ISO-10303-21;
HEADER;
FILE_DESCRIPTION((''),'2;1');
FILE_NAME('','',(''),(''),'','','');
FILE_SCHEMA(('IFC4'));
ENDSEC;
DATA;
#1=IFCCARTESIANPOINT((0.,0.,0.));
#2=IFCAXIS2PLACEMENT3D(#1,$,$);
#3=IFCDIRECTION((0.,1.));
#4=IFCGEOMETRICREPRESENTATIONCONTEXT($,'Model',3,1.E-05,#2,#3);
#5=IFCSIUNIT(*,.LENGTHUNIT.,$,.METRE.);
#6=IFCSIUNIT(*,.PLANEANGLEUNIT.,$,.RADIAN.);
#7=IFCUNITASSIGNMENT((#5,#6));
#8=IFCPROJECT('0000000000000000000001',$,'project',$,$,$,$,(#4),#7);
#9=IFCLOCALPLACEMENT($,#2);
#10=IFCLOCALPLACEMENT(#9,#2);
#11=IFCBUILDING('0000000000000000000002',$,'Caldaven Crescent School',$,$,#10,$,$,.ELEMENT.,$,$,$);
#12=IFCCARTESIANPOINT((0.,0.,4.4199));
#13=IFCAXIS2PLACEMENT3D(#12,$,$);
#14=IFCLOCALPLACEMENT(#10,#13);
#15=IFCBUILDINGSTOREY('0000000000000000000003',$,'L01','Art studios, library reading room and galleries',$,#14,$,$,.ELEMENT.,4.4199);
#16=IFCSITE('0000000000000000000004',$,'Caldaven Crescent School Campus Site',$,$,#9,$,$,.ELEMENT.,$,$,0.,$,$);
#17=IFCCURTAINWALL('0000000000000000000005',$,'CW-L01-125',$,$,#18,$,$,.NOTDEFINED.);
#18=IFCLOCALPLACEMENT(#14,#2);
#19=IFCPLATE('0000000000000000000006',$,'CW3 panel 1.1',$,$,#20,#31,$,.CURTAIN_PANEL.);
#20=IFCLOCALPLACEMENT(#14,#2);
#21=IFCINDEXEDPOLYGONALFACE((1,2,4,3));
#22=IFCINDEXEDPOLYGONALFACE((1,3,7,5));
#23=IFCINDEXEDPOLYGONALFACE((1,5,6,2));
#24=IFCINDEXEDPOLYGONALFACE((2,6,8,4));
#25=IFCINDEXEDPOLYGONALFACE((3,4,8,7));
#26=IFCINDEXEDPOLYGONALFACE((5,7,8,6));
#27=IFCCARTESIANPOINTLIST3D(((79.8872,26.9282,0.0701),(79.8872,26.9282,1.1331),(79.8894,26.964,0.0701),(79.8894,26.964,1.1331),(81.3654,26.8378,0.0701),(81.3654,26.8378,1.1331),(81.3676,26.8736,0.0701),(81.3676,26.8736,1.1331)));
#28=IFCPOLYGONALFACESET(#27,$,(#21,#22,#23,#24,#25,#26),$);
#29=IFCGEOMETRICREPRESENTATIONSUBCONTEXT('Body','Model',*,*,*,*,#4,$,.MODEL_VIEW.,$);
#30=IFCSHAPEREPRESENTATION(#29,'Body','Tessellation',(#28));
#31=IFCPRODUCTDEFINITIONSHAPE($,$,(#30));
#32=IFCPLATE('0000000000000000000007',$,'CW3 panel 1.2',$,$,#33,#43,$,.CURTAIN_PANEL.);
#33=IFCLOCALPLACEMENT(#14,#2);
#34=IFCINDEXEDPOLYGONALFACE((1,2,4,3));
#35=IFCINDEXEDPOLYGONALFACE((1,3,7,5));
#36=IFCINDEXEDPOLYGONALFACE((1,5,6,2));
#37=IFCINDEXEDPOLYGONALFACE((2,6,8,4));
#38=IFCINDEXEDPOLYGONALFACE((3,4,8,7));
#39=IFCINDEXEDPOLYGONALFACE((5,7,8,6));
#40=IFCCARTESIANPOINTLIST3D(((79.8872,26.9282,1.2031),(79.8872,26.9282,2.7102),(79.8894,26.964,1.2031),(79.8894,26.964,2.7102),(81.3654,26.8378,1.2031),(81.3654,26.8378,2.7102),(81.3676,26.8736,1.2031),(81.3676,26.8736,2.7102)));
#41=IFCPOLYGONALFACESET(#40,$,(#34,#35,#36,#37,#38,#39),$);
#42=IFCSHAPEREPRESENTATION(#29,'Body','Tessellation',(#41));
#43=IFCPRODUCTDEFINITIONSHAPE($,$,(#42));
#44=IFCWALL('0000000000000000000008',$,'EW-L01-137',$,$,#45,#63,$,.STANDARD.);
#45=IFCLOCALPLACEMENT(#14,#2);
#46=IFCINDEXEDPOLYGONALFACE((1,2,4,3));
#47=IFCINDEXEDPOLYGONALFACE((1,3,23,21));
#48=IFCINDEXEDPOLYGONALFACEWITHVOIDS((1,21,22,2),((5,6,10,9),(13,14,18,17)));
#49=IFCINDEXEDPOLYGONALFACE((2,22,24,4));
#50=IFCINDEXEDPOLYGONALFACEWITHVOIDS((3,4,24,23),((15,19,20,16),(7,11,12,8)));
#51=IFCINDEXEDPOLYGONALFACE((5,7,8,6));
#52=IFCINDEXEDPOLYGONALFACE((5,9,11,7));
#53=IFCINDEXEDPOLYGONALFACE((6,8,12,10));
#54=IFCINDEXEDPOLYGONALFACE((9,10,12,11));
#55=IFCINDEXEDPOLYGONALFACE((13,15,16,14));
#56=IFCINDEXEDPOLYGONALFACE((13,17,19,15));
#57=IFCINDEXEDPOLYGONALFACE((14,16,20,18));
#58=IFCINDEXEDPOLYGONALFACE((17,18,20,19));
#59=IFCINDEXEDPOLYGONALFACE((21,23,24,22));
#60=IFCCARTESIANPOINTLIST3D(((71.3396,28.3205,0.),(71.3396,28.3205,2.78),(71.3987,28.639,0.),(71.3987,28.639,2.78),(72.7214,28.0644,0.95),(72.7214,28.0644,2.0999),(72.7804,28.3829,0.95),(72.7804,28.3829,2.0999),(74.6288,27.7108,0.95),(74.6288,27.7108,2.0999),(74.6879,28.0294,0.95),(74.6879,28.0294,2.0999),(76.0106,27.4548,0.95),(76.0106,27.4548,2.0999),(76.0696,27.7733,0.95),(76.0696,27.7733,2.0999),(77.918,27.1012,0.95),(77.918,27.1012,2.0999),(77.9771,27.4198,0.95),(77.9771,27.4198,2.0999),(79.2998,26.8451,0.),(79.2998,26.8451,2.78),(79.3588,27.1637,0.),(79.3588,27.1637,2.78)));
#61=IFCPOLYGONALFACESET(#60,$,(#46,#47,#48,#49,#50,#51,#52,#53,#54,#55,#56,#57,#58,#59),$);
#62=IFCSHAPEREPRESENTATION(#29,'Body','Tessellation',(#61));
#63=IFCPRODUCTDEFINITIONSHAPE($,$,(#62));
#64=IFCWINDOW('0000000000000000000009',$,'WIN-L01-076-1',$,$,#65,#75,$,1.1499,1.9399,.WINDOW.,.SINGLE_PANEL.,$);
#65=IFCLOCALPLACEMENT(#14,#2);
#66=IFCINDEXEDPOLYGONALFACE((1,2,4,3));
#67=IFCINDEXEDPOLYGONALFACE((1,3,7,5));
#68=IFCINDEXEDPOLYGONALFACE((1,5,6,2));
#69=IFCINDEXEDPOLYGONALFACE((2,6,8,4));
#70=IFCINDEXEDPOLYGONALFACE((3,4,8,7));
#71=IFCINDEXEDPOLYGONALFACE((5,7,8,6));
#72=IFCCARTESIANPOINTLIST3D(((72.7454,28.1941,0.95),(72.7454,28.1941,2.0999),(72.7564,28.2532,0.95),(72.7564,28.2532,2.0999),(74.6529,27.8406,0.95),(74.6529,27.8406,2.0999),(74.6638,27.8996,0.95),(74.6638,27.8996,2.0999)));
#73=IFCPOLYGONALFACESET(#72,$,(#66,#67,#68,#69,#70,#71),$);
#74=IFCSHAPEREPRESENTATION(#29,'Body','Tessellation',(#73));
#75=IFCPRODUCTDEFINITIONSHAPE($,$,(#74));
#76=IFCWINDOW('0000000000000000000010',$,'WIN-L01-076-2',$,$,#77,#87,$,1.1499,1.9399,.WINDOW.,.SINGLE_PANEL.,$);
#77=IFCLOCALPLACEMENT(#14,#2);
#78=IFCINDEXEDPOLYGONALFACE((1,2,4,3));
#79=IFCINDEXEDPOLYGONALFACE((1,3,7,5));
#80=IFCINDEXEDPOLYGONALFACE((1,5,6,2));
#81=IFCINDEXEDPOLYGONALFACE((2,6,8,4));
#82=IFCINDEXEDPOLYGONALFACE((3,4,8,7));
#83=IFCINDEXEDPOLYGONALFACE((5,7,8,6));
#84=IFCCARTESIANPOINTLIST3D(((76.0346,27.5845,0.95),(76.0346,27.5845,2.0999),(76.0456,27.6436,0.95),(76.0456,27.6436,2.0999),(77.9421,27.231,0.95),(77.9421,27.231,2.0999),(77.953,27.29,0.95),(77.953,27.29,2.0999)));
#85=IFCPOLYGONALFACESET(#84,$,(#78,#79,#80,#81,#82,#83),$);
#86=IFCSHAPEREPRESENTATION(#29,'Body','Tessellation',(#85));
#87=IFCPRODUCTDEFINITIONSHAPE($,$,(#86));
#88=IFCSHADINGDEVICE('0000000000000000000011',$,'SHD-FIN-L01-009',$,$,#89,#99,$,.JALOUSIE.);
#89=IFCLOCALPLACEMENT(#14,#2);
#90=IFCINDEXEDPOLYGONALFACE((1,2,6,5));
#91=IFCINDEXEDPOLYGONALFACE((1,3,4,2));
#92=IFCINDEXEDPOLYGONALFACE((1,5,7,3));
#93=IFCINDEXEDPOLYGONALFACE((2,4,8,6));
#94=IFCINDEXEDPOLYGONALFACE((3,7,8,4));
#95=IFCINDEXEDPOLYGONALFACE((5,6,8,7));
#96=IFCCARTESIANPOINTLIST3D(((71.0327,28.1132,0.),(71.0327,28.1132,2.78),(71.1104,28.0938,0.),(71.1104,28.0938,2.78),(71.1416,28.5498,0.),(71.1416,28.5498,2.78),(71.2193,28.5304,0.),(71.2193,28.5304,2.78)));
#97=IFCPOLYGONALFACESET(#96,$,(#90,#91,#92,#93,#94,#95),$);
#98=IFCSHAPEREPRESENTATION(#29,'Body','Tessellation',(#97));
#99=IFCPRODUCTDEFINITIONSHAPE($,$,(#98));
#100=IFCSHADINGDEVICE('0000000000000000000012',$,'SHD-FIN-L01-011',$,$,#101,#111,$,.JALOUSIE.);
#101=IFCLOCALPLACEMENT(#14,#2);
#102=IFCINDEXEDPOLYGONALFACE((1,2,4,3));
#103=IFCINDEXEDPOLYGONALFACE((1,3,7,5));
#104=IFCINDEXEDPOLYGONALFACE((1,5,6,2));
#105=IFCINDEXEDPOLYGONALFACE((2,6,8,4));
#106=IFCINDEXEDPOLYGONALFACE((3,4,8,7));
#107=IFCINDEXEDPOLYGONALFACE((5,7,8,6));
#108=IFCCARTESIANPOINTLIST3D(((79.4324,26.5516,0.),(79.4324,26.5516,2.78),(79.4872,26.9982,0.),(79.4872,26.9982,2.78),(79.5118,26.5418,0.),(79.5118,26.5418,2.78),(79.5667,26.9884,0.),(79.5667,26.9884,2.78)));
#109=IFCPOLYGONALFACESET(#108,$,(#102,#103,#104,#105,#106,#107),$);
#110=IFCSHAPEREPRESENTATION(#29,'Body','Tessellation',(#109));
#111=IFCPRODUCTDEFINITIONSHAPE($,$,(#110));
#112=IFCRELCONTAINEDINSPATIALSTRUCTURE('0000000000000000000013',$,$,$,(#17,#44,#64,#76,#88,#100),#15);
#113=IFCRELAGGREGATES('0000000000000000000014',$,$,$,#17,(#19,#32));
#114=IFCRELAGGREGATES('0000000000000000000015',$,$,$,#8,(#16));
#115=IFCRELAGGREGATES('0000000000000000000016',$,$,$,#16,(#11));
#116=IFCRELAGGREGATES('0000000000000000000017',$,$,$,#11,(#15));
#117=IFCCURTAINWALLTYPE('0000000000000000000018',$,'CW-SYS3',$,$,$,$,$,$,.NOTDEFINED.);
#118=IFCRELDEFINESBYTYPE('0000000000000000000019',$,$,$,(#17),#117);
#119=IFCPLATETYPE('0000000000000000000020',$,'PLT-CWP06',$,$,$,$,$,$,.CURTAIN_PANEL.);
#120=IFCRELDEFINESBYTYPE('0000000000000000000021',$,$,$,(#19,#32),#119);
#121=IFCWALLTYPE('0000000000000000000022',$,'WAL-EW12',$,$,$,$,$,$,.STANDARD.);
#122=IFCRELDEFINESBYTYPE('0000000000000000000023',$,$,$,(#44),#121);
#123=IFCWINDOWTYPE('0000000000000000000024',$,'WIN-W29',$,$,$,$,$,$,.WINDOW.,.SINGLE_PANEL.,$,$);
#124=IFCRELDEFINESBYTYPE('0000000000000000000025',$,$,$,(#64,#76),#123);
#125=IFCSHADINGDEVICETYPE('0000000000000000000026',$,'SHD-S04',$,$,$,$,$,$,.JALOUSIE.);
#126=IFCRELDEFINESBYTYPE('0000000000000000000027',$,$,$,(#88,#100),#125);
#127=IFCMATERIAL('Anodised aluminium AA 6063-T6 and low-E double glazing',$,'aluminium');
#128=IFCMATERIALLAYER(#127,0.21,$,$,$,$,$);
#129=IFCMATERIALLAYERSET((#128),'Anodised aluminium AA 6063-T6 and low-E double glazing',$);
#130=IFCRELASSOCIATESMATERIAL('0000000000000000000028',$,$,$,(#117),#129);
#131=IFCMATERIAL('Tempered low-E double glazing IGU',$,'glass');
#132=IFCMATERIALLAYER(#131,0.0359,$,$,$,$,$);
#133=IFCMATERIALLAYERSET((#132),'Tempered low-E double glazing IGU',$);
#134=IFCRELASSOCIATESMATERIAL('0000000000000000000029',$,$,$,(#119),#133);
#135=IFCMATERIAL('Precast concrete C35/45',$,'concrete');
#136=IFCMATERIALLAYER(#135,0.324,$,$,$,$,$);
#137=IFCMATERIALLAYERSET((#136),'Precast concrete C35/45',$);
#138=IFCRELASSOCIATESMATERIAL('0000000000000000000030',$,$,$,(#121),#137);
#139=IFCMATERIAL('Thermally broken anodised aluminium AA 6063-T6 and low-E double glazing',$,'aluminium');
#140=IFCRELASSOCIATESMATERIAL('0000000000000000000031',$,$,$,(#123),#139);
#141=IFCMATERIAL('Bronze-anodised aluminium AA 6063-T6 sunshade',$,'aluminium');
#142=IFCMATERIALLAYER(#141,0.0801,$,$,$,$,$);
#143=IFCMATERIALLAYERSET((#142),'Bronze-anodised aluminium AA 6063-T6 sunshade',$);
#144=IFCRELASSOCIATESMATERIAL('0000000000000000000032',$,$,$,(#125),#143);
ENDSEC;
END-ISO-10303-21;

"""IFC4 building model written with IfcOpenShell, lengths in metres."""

from ifc_helpers import new_model, si_unit, direction, frame, frame_2d, origin, origin_2d, place, context, subcontext, project, spatial, rectangle, extrude, material, layer, layer_set, type_object, element, fill, aggregate, save


model = new_model("IFC4")

# Units and contexts
model_context = context("Model", 3, precision=1e-05, world=origin(), true_north=direction((0.0, 1.0)))
body_context = subcontext(model_context, "Body", "Model", "MODEL_VIEW")
ifc_project = project(units=[si_unit("LENGTHUNIT", "METRE"), si_unit("PLANEANGLEUNIT", "RADIAN")], contexts=[model_context])

# Site, building, storey
site_placement = place(None, origin())
site = spatial("IfcSite", under=ifc_project, at=site_placement, Name="Caldaven Crescent School Campus Site", CompositionType="ELEMENT", RefElevation=0.0)
building_placement = place(site_placement, origin())
building = spatial("IfcBuilding", under=site, at=building_placement, Name="Caldaven Crescent School", CompositionType="ELEMENT")
storey_placement = place(building_placement, frame((0.0, 0.0, 4.4199)))
storey = spatial("IfcBuildingStorey", under=building, at=storey_placement, Name="L01", Description="Art studios, library reading room and galleries", CompositionType="ELEMENT", Elevation=4.4199)

# Curtain wall
ifc_material_1 = material(Name="Anodised aluminium AA 6063-T6 and low-E double glazing", Category="aluminium")
ifc_layer_1 = layer(ifc_material_1, 0.21)
ifc_layer_set_1 = layer_set([ifc_layer_1], Name="Anodised aluminium AA 6063-T6 and low-E double glazing")
curtain_wall_type_1 = type_object("IfcCurtainWallType", Name="CW-SYS3", PredefinedType="NOTDEFINED", material=ifc_layer_set_1)
curtain_wall_1_placement = place(storey_placement, origin())
curtain_wall_1 = element("IfcCurtainWall", 1, at=curtain_wall_1_placement, inside=storey, type_object=curtain_wall_type_1, Name="CW-L01-125", PredefinedType="NOTDEFINED")

# Plates
ifc_material_2 = material(Name="Tempered low-E double glazing IGU", Category="glass")
ifc_layer_2 = layer(ifc_material_2, 0.0359)
ifc_layer_set_2 = layer_set([ifc_layer_2], Name="Tempered low-E double glazing IGU")
plate_type_1 = type_object("IfcPlateType", Name="PLT-CWP06", PredefinedType="CURTAIN_PANEL", material=ifc_layer_set_2)
plate_1_placement = place(storey_placement, frame((80.6274, 26.9009, 0.0701), z_axis=(0.0, 0.0, 1.0), x_axis=(0.998135, -0.061049, 0.0)))
plate_1 = element("IfcPlate", 2, at=plate_1_placement, type_object=plate_type_1, Name="CW3 panel 1.1", PredefinedType="CURTAIN_PANEL", context=body_context, shape_type="SweptSolid", body=[
    extrude(rectangle(XDim=1.481, YDim=0.0359, at=origin_2d()), origin(), (0.0, 0.0, 1.0), 1.063),
])
plate_2_placement = place(storey_placement, frame((80.6274, 26.9009, 1.2031), z_axis=(0.0, 0.0, 1.0), x_axis=(0.998135, -0.061049, 0.0)))
plate_2 = element("IfcPlate", 3, at=plate_2_placement, type_object=plate_type_1, Name="CW3 panel 1.2", PredefinedType="CURTAIN_PANEL", context=body_context, shape_type="SweptSolid", body=[
    extrude(rectangle(XDim=1.481, YDim=0.0359, at=origin_2d()), origin(), (0.0, 0.0, 1.0), 1.5071),
])
aggregate(curtain_wall_1, [plate_1, plate_2])

# Wall, openings, windows
ifc_material_3 = material(Name="Precast concrete C35/45", Category="concrete")
ifc_layer_3 = layer(ifc_material_3, 0.324)
ifc_layer_set_3 = layer_set([ifc_layer_3], Name="Precast concrete C35/45")
wall_type = type_object("IfcWallType", Name="WAL-EW12", PredefinedType="STANDARD", material=ifc_layer_set_3)
wall_placement = place(storey_placement, frame((71.3691, 28.4797, 0.0), z_axis=(0.0, 0.0, 1.0), x_axis=(0.983255, -0.182236, 0.0)))
wall = element("IfcWall", 4, at=wall_placement, inside=storey, type_object=wall_type, Name="EW-L01-137", PredefinedType="STANDARD", context=body_context, shape_type="SweptSolid", body=[
    extrude(rectangle(XDim=8.0957, YDim=0.324, at=frame_2d((4.0479, 0.0))), origin(), (0.0, 0.0, 1.0), 2.78),
])
opening_1_placement = place(wall_placement, frame((1.4053, 0.0, 0.95)))
opening_1 = element("IfcOpeningElement", 5, at=opening_1_placement, cuts=wall, PredefinedType="OPENING", context=body_context, shape_type="SweptSolid", body=[
    extrude(rectangle(XDim=1.9399, YDim=1.1499, at=frame_2d((0.97, 0.575))), frame((0.0, 0.1719, 0.0), z_axis=(0.0, -1.0, 0.0), x_axis=(1.0, 0.0, 0.0)), (0.0, 0.0, 1.0), 0.344),
])
opening_2_placement = place(wall_placement, frame((4.7505, 0.0, 0.95)))
opening_2 = element("IfcOpeningElement", 6, at=opening_2_placement, cuts=wall, PredefinedType="OPENING", context=body_context, shape_type="SweptSolid", body=[
    extrude(rectangle(XDim=1.9399, YDim=1.1499, at=frame_2d((0.97, 0.575))), frame((0.0, 0.1719, 0.0), z_axis=(0.0, -1.0, 0.0), x_axis=(1.0, 0.0, 0.0)), (0.0, 0.0, 1.0), 0.344),
])
ifc_material_4 = material(Name="Thermally broken anodised aluminium AA 6063-T6 and low-E double glazing", Category="aluminium")
window_type = type_object("IfcWindowType", Name="WIN-W29", PartitioningType="SINGLE_PANEL", PredefinedType="WINDOW", material=ifc_material_4)
window_1_placement = place(opening_1_placement, origin())
window_1 = element("IfcWindow", 7, at=window_1_placement, inside=storey, type_object=window_type, Name="WIN-L01-076-1", OverallHeight=1.1499, OverallWidth=1.9399, PartitioningType="SINGLE_PANEL", PredefinedType="WINDOW", context=body_context, shape_type="SweptSolid", body=[
    extrude(rectangle(XDim=1.9399, YDim=1.1499, at=frame_2d((0.97, 0.575))), frame((0.0, 0.03, 0.0), z_axis=(0.0, -1.0, 0.0), x_axis=(1.0, 0.0, 0.0)), (0.0, 0.0, 1.0), 0.0601),
])
fill(opening_1, window_1)
window_2_placement = place(opening_2_placement, origin())
window_2 = element("IfcWindow", 8, at=window_2_placement, inside=storey, type_object=window_type, Name="WIN-L01-076-2", OverallHeight=1.1499, OverallWidth=1.9399, PartitioningType="SINGLE_PANEL", PredefinedType="WINDOW", context=body_context, shape_type="SweptSolid", body=[
    extrude(rectangle(XDim=1.9399, YDim=1.1499, at=frame_2d((0.97, 0.575))), frame((0.0, 0.03, 0.0), z_axis=(0.0, -1.0, 0.0), x_axis=(1.0, 0.0, 0.0)), (0.0, 0.0, 1.0), 0.0601),
])
fill(opening_2, window_2)

# Shading devices
ifc_material_5 = material(Name="Bronze-anodised aluminium AA 6063-T6 sunshade", Category="aluminium")
ifc_layer_4 = layer(ifc_material_5, 0.0801)
ifc_layer_set_4 = layer_set([ifc_layer_4], Name="Bronze-anodised aluminium AA 6063-T6 sunshade")
shading_device_type = type_object("IfcShadingDeviceType", Name="SHD-S04", PredefinedType="JALOUSIE", material=ifc_layer_set_4)
for number, where, z_axis, x_axis, name in (
    (9, (71.126, 28.3218, 0.0), (0.0, 0.0, 1.0), (-0.241922, -0.970296, 0.0), "SHD-FIN-L01-009"),
    (10, (79.4995, 26.77, 0.0), (0.0, 0.0, 1.0), (-0.121869, -0.992546, 0.0), "SHD-FIN-L01-011"),
):
    element("IfcShadingDevice", number, at=place(storey_placement, frame(where, z_axis=z_axis, x_axis=x_axis)), inside=storey, type_object=shading_device_type, Name=name, PredefinedType="JALOUSIE", context=body_context, shape_type="SweptSolid", body=[
        extrude(rectangle(XDim=0.45, YDim=0.0801, at=origin_2d()), origin(), (0.0, 0.0, 1.0), 2.78),
    ])

save(model, "model.ifc")
